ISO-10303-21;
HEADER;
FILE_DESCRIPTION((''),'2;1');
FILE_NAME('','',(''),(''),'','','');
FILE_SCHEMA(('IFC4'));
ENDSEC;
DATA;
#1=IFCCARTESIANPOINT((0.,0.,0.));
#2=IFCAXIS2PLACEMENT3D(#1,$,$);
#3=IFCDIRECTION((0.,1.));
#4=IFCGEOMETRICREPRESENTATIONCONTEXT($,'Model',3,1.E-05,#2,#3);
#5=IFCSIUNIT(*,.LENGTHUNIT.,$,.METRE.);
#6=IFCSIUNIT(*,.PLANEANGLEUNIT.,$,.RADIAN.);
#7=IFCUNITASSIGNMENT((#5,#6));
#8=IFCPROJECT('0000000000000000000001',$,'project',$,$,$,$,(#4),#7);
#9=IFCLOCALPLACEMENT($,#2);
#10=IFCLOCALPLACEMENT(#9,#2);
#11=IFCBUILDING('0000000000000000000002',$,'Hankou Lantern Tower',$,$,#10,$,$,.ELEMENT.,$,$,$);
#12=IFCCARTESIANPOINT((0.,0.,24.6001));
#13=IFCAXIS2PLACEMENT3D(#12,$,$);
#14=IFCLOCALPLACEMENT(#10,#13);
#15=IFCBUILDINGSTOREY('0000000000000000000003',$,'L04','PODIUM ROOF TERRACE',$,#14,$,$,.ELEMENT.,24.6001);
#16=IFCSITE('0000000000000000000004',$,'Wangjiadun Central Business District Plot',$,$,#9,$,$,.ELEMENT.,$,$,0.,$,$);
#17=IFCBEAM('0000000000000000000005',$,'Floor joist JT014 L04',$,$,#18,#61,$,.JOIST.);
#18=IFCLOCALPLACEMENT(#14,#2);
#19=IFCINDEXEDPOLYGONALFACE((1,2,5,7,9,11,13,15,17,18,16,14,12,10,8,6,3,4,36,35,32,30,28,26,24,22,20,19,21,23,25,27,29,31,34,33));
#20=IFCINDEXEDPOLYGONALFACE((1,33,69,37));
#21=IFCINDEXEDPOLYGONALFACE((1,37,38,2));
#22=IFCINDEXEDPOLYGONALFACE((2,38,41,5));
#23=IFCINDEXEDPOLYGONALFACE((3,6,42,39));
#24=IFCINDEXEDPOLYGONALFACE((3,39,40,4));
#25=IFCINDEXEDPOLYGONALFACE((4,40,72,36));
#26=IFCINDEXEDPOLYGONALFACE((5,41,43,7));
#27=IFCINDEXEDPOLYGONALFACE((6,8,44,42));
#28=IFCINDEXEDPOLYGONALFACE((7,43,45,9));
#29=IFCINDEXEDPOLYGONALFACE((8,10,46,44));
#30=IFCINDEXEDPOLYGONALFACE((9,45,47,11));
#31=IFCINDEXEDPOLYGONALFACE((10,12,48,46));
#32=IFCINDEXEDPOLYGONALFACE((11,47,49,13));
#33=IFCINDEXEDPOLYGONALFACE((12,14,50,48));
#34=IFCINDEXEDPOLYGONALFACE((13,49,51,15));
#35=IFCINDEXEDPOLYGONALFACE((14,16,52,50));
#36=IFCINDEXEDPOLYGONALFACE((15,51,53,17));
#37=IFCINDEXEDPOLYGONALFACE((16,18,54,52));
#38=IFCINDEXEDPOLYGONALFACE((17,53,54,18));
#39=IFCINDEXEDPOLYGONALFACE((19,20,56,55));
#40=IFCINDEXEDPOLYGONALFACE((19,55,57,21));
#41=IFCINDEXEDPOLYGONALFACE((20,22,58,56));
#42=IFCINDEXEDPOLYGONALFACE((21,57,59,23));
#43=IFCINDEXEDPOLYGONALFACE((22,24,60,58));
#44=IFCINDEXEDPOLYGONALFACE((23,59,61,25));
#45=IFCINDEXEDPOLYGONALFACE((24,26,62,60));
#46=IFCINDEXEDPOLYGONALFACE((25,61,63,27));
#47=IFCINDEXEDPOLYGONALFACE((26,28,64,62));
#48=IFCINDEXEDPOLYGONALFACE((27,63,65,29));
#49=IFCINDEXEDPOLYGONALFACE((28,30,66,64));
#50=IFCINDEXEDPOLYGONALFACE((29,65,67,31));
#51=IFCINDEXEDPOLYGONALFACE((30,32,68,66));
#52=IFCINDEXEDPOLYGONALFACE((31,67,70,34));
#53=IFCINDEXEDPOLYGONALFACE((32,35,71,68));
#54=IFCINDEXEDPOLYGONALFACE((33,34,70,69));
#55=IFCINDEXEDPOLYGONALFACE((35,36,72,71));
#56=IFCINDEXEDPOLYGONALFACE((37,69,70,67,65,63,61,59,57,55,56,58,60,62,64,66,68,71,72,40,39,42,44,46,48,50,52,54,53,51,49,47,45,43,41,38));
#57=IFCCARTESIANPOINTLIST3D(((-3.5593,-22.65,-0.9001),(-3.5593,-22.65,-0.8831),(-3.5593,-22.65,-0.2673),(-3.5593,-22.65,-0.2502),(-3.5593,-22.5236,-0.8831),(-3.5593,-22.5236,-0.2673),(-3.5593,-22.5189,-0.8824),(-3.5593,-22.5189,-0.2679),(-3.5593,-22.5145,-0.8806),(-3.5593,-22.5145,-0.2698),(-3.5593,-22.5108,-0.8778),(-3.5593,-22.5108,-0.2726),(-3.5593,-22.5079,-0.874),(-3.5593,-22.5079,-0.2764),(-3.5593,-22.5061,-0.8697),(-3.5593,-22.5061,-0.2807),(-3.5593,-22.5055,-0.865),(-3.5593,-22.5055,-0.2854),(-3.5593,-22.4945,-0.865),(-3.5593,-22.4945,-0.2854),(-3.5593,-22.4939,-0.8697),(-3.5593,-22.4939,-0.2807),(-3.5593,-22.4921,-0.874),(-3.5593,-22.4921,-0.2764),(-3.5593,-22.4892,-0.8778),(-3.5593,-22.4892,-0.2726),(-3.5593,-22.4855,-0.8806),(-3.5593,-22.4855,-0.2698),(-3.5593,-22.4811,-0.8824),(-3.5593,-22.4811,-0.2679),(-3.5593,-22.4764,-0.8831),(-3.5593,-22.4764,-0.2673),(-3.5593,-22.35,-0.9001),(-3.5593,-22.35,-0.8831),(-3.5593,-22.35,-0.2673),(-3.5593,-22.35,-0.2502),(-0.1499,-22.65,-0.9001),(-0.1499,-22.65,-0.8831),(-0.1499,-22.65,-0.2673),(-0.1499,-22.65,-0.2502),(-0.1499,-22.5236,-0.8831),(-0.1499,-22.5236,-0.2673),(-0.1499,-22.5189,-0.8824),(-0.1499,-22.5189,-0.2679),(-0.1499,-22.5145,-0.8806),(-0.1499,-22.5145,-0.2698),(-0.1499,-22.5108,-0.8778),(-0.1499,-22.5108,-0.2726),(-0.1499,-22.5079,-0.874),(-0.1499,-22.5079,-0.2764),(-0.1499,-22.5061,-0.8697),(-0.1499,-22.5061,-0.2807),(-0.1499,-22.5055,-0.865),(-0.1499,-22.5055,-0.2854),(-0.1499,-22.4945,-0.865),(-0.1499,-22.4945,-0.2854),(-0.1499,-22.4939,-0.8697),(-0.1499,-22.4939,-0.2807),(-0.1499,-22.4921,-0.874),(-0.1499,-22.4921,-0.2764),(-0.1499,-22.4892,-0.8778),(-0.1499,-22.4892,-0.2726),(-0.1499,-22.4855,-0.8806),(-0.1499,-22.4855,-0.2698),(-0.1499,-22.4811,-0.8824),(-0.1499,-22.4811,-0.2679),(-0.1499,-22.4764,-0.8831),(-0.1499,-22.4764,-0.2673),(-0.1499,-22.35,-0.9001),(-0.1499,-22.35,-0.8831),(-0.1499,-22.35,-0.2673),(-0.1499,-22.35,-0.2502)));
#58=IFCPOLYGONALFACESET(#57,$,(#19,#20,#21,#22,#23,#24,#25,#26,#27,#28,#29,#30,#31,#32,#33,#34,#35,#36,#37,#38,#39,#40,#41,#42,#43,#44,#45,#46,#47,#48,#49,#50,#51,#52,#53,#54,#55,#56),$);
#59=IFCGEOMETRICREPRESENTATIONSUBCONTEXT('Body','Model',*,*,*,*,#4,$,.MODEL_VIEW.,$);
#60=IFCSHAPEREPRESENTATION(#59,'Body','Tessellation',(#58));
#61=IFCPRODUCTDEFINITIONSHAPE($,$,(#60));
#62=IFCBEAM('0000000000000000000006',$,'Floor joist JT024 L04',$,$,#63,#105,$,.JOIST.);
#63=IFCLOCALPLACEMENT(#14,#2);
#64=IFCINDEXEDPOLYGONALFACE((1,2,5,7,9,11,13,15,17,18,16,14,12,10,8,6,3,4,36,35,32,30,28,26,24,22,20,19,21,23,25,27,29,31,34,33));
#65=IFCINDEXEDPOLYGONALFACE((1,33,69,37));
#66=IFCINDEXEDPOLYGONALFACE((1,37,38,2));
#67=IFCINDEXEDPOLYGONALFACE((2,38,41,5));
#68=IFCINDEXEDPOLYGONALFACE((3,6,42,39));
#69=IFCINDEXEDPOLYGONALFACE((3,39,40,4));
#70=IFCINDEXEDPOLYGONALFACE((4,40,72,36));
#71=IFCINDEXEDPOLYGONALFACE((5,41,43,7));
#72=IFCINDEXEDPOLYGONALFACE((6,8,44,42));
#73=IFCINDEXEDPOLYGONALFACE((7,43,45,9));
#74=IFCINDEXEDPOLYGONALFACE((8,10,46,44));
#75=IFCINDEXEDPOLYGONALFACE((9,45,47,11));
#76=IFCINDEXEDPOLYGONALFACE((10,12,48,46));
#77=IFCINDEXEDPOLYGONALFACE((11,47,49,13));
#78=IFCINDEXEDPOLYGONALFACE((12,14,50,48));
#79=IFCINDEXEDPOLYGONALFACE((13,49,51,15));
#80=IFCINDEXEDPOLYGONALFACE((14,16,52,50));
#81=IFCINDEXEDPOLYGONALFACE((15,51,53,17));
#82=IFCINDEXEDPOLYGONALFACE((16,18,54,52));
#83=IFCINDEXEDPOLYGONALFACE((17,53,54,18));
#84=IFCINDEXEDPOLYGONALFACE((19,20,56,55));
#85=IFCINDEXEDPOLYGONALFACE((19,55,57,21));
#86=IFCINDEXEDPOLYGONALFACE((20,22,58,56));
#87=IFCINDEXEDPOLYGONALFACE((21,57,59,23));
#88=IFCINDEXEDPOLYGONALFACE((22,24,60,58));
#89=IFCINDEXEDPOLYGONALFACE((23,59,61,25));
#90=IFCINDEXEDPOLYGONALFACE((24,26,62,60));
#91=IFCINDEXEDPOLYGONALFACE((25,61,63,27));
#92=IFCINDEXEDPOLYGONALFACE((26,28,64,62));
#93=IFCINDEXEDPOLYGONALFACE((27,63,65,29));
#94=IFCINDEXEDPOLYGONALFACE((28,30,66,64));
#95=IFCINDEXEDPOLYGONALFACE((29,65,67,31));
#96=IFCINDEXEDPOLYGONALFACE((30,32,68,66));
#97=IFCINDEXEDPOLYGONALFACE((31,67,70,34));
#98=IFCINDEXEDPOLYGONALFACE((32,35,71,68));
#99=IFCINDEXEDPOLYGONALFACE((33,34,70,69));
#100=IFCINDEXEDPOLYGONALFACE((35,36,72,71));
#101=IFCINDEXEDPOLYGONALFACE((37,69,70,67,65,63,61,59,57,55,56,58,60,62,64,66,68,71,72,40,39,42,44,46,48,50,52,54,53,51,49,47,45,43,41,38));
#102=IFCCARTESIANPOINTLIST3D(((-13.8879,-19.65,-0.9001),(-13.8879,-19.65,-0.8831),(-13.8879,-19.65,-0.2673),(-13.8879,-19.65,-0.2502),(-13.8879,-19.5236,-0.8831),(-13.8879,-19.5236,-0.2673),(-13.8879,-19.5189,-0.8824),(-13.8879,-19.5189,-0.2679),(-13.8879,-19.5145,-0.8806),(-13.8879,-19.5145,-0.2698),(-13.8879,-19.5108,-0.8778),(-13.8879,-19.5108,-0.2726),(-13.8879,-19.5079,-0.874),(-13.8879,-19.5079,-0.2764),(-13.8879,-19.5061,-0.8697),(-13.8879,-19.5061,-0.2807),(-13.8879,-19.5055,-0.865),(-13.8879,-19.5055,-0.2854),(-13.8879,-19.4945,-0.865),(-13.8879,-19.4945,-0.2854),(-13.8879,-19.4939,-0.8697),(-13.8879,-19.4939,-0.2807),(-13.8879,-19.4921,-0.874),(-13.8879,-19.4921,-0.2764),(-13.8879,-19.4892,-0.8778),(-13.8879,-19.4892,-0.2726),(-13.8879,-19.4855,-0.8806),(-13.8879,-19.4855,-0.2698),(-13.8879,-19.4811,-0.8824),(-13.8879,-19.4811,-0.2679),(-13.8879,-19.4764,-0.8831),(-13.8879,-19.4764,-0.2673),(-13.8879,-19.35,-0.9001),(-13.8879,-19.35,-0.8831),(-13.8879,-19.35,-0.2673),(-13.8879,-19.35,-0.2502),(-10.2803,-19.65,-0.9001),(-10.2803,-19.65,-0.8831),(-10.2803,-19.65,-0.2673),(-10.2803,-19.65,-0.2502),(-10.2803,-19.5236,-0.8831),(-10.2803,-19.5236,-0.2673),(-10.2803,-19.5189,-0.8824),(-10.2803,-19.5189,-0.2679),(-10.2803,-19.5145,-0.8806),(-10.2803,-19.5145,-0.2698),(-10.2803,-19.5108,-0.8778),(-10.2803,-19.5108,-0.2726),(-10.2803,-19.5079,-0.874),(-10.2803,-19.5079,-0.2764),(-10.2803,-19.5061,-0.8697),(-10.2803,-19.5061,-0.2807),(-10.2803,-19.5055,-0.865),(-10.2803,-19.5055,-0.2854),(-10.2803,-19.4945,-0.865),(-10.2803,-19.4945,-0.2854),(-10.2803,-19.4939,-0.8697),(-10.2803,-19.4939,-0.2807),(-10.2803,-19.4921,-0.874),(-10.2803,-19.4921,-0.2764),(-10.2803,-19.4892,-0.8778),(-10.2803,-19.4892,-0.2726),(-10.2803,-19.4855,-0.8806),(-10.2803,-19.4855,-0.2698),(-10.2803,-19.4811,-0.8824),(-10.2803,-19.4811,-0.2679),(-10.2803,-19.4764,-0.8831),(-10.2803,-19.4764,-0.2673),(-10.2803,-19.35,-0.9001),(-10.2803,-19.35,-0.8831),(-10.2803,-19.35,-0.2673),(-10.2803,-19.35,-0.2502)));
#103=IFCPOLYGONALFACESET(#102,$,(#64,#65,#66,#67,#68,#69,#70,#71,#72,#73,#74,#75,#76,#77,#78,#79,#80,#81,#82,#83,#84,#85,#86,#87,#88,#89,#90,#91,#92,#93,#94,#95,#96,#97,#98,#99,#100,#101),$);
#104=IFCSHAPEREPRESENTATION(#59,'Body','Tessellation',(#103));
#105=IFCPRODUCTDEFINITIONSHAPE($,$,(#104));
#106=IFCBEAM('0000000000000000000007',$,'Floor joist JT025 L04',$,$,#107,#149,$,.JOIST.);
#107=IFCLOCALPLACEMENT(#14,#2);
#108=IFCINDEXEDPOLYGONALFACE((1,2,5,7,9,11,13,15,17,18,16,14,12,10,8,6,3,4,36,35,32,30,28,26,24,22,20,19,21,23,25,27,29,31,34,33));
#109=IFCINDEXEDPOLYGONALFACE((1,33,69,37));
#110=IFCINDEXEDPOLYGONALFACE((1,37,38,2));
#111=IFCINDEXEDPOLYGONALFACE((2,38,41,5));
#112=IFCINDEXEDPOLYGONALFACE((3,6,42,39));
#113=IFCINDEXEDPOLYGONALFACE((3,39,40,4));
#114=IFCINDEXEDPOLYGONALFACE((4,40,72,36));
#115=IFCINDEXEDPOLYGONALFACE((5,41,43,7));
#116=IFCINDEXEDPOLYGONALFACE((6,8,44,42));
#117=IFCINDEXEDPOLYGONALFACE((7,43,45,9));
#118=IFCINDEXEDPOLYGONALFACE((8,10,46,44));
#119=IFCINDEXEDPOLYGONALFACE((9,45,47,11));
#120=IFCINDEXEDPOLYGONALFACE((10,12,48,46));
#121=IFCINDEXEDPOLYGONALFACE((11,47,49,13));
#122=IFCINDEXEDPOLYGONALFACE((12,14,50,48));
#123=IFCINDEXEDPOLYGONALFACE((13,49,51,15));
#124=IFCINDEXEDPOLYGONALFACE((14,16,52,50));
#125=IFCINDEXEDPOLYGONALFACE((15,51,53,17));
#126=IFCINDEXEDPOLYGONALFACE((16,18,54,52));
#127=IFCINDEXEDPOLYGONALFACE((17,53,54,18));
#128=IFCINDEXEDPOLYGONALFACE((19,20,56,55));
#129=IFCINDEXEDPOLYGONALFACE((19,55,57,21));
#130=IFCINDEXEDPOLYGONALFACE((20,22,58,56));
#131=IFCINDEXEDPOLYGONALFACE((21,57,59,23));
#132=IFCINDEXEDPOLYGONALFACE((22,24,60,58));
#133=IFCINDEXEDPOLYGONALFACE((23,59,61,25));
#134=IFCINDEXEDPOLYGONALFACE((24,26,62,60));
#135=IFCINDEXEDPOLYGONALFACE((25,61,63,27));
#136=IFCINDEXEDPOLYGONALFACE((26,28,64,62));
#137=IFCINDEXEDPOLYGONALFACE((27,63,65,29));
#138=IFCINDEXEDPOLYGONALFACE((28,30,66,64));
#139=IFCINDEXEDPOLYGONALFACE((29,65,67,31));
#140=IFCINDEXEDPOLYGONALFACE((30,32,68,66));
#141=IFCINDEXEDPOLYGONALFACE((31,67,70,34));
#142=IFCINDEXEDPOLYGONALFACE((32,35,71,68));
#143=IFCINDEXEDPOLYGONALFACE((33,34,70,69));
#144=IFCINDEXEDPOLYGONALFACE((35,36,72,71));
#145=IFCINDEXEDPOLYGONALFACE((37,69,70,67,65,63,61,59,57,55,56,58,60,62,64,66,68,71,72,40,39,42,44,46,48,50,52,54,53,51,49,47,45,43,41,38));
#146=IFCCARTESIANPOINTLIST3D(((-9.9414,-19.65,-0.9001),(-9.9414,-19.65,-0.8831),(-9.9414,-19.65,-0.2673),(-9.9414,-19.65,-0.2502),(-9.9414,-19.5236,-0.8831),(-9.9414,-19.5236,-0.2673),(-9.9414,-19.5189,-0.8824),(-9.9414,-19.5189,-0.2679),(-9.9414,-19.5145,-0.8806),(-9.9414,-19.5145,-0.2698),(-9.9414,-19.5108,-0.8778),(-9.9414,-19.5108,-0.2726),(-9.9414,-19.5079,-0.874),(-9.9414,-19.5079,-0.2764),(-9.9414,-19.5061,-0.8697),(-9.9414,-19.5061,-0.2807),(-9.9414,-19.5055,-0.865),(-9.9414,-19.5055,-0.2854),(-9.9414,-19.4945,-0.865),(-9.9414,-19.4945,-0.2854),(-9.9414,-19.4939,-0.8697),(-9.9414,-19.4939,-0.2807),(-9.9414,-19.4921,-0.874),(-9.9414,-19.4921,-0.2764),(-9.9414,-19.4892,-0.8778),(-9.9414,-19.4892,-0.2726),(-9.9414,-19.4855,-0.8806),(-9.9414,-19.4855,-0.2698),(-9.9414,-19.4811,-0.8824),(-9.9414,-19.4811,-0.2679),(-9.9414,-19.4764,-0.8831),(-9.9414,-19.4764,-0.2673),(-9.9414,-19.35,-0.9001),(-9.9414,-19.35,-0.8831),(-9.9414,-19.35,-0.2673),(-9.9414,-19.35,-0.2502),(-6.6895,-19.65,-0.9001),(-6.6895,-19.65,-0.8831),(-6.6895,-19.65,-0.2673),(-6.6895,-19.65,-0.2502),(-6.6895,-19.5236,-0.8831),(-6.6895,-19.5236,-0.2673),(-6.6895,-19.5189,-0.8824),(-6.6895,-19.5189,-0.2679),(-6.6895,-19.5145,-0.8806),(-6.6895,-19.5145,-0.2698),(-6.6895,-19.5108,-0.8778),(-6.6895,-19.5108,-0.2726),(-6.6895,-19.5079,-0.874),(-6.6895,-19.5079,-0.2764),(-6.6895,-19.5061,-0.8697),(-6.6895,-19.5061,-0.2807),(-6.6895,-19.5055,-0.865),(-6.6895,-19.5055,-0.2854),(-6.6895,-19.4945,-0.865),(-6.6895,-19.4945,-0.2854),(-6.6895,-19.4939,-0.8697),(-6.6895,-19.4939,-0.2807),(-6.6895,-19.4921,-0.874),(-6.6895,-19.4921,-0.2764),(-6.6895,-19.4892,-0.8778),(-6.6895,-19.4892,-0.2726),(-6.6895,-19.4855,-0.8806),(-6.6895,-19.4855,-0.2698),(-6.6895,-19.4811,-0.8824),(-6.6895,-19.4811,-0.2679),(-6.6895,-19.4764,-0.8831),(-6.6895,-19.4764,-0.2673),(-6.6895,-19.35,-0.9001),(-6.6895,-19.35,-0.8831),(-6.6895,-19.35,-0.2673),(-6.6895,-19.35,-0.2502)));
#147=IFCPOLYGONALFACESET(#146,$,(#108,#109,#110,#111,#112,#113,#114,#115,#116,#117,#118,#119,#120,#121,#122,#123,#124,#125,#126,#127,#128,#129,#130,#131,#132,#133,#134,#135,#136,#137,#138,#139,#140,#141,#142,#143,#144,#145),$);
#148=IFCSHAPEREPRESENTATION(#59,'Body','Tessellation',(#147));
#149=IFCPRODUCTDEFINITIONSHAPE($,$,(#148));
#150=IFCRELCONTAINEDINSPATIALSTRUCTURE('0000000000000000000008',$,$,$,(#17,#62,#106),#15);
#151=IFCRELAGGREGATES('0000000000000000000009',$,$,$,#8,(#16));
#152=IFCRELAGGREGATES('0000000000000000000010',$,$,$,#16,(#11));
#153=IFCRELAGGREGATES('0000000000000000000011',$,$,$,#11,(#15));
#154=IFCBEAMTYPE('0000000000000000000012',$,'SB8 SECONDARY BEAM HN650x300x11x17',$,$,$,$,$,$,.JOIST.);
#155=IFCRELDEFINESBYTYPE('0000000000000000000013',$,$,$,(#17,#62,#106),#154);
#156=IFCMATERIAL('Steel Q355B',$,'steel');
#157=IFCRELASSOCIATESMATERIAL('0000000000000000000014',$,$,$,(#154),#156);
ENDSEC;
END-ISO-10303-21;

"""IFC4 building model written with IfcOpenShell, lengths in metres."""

from ifc_helpers import new_model, si_unit, direction, frame, origin, origin_2d, place, context, subcontext, project, spatial, i_section, extrude, material, material_profile, profile_set, type_object, element, save


model = new_model("IFC4")

# Units and contexts
model_context = context("Model", 3, precision=1e-05, world=origin(), true_north=direction((0.0, 1.0)))
body_context = subcontext(model_context, "Body", "Model", "MODEL_VIEW")
ifc_project = project(units=[si_unit("LENGTHUNIT", "METRE"), si_unit("PLANEANGLEUNIT", "RADIAN")], contexts=[model_context])

# Site, building, storey
site_placement = place(None, origin())
site = spatial("IfcSite", under=ifc_project, at=site_placement, Name="Wangjiadun Central Business District Plot", CompositionType="ELEMENT", RefElevation=0.0)
building_placement = place(site_placement, origin())
building = spatial("IfcBuilding", under=site, at=building_placement, Name="Hankou Lantern Tower", CompositionType="ELEMENT")
storey_placement = place(building_placement, frame((0.0, 0.0, 24.6001)))
storey = spatial("IfcBuildingStorey", under=building, at=storey_placement, Name="L04", Description="PODIUM ROOF TERRACE", CompositionType="ELEMENT", Elevation=24.6001)

# Beams
ifc_material_1 = material(Name="Steel Q355B", Category="steel")
ifc_material_profile_1 = material_profile(ifc_material_1, i_section(OverallWidth=0.3, OverallDepth=0.6499, WebThickness=0.011, FlangeThickness=0.0171, FilletRadius=0.0181, at=origin_2d()), Name="HN650x300x11x17")
ifc_profile_set_1 = profile_set([ifc_material_profile_1], Name="Steel Q355B")
beam_type_1 = type_object("IfcBeamType", Name="SB8 SECONDARY BEAM HN650x300x11x17", PredefinedType="JOIST", material=ifc_profile_set_1)
beam_1_placement = place(storey_placement, frame((-3.5593, -22.5, -0.5752), z_axis=(1.0, 0.0, 0.0), x_axis=(0.0, 1.0, 0.0)))
element("IfcBeam", 1, at=beam_1_placement, inside=storey, type_object=beam_type_1, Name="Floor joist JT014 L04", PredefinedType="JOIST", context=body_context, shape_type="SweptSolid", body=[
    extrude(i_section(OverallWidth=0.3, OverallDepth=0.6499, WebThickness=0.011, FlangeThickness=0.0171, FilletRadius=0.0181, at=origin_2d()), origin(), (0.0, 0.0, 1.0), 3.4094),
])
beam_2_placement = place(storey_placement, frame((-13.8879, -19.5, -0.5752), z_axis=(1.0, 0.0, 0.0), x_axis=(0.0, 1.0, 0.0)))
element("IfcBeam", 2, at=beam_2_placement, inside=storey, type_object=beam_type_1, Name="Floor joist JT024 L04", PredefinedType="JOIST", context=body_context, shape_type="SweptSolid", body=[
    extrude(i_section(OverallWidth=0.3, OverallDepth=0.6499, WebThickness=0.011, FlangeThickness=0.0171, FilletRadius=0.0181, at=origin_2d()), origin(), (0.0, 0.0, 1.0), 3.6077),
])
beam_3_placement = place(storey_placement, frame((-9.9414, -19.5, -0.5752), z_axis=(1.0, 0.0, 0.0), x_axis=(0.0, 1.0, 0.0)))
element("IfcBeam", 3, at=beam_3_placement, inside=storey, type_object=beam_type_1, Name="Floor joist JT025 L04", PredefinedType="JOIST", context=body_context, shape_type="SweptSolid", body=[
    extrude(i_section(OverallWidth=0.3, OverallDepth=0.6499, WebThickness=0.011, FlangeThickness=0.0171, FilletRadius=0.0181, at=origin_2d()), origin(), (0.0, 0.0, 1.0), 3.252),
])

save(model, "model.ifc")
